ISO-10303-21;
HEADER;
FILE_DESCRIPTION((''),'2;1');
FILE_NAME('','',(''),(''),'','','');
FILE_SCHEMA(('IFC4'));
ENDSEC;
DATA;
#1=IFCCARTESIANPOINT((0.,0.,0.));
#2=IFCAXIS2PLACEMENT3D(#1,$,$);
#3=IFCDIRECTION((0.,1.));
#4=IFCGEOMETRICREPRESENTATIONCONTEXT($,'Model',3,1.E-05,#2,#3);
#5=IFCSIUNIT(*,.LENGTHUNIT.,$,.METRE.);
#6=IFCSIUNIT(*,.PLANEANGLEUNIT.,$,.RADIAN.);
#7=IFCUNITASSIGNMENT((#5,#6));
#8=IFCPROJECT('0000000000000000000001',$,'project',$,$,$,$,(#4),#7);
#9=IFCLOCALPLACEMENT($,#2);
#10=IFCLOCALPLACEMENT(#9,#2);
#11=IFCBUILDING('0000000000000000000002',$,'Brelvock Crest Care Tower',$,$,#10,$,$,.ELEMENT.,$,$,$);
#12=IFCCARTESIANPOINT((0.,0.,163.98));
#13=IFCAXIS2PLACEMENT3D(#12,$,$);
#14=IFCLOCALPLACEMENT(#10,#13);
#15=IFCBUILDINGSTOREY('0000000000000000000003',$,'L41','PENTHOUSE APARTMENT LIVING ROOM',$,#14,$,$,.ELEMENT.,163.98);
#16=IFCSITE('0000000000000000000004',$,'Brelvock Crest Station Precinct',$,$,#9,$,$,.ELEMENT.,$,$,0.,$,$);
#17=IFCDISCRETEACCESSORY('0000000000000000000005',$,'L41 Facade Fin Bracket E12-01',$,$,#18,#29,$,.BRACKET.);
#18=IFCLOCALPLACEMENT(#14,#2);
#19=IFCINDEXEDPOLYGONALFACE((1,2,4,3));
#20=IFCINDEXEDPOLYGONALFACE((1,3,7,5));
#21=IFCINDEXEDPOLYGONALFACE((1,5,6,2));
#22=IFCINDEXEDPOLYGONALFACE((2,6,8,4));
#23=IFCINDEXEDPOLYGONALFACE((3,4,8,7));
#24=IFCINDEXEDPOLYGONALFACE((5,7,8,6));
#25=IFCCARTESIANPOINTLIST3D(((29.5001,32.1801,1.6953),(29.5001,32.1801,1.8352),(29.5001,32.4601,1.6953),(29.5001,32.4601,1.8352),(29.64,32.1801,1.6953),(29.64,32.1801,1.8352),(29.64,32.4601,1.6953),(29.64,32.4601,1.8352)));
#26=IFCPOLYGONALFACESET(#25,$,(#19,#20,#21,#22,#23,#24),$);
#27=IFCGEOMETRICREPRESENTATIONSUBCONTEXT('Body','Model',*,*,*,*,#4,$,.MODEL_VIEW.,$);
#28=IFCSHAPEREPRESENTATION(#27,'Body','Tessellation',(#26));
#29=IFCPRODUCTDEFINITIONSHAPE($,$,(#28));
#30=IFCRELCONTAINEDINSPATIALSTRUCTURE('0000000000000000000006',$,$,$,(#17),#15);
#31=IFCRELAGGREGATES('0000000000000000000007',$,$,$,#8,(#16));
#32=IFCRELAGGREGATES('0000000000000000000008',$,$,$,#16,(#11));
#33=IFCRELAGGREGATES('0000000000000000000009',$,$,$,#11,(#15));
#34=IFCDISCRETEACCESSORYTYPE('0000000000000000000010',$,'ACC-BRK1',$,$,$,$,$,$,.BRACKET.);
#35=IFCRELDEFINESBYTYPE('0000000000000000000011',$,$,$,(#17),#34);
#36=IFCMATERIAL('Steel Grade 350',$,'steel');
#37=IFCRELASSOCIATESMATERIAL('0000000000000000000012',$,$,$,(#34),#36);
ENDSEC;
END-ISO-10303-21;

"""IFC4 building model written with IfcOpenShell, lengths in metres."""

from ifc_helpers import new_model, si_unit, direction, frame, origin, origin_2d, place, context, subcontext, project, spatial, rectangle, extrude, source, transform, mapped, material, type_object, element, save


model = new_model("IFC4")

# Units and contexts
model_context = context("Model", 3, precision=1e-05, world=origin(), true_north=direction((0.0, 1.0)))
body_context = subcontext(model_context, "Body", "Model", "MODEL_VIEW")
ifc_project = project(units=[si_unit("LENGTHUNIT", "METRE"), si_unit("PLANEANGLEUNIT", "RADIAN")], contexts=[model_context])

# Site, building, storey
site_placement = place(None, origin())
site = spatial("IfcSite", under=ifc_project, at=site_placement, Name="Brelvock Crest Station Precinct", CompositionType="ELEMENT", RefElevation=0.0)
building_placement = place(site_placement, origin())
building = spatial("IfcBuilding", under=site, at=building_placement, Name="Brelvock Crest Care Tower", CompositionType="ELEMENT")
storey_placement = place(building_placement, frame((0.0, 0.0, 163.98)))
storey = spatial("IfcBuildingStorey", under=building, at=storey_placement, Name="L41", Description="PENTHOUSE APARTMENT LIVING ROOM", CompositionType="ELEMENT", Elevation=163.98)

# Shared definitions
ifc_material_1 = material(Name="Steel Grade 350", Category="steel")

# Discrete accessory
discrete_accessory_type = type_object("IfcDiscreteAccessoryType", Name="ACC-BRK1", PredefinedType="BRACKET", material=ifc_material_1)
shared_shape_1 = source(origin(), body_context, "Body", "SweptSolid", [
    extrude(rectangle(XDim=0.28, YDim=0.1399, at=origin_2d()), origin(), (0.0, 0.0, 1.0), 0.1399),
])
for number, where, z_axis, x_axis, name in (
    (1, (29.5701, 32.3201, 1.6953), (0.0, 0.0, 1.0), (0.0, -1.0, 0.0), "L41 Facade Fin Bracket E12-01"),
):
    element("IfcDiscreteAccessory", number, at=place(storey_placement, frame(where, z_axis=z_axis, x_axis=x_axis)), inside=storey, type_object=discrete_accessory_type, Name=name, PredefinedType="BRACKET", context=body_context, shape_type="MappedRepresentation", body=[
        mapped(shared_shape_1, transform((0.0, 0.0, 0.0), x_axis=(1.0, 0.0, 0.0), y_axis=(0.0, 1.0, 0.0), z_axis=(0.0, 0.0, 1.0), scale=1.0)),
    ])

save(model, "model.ifc")
